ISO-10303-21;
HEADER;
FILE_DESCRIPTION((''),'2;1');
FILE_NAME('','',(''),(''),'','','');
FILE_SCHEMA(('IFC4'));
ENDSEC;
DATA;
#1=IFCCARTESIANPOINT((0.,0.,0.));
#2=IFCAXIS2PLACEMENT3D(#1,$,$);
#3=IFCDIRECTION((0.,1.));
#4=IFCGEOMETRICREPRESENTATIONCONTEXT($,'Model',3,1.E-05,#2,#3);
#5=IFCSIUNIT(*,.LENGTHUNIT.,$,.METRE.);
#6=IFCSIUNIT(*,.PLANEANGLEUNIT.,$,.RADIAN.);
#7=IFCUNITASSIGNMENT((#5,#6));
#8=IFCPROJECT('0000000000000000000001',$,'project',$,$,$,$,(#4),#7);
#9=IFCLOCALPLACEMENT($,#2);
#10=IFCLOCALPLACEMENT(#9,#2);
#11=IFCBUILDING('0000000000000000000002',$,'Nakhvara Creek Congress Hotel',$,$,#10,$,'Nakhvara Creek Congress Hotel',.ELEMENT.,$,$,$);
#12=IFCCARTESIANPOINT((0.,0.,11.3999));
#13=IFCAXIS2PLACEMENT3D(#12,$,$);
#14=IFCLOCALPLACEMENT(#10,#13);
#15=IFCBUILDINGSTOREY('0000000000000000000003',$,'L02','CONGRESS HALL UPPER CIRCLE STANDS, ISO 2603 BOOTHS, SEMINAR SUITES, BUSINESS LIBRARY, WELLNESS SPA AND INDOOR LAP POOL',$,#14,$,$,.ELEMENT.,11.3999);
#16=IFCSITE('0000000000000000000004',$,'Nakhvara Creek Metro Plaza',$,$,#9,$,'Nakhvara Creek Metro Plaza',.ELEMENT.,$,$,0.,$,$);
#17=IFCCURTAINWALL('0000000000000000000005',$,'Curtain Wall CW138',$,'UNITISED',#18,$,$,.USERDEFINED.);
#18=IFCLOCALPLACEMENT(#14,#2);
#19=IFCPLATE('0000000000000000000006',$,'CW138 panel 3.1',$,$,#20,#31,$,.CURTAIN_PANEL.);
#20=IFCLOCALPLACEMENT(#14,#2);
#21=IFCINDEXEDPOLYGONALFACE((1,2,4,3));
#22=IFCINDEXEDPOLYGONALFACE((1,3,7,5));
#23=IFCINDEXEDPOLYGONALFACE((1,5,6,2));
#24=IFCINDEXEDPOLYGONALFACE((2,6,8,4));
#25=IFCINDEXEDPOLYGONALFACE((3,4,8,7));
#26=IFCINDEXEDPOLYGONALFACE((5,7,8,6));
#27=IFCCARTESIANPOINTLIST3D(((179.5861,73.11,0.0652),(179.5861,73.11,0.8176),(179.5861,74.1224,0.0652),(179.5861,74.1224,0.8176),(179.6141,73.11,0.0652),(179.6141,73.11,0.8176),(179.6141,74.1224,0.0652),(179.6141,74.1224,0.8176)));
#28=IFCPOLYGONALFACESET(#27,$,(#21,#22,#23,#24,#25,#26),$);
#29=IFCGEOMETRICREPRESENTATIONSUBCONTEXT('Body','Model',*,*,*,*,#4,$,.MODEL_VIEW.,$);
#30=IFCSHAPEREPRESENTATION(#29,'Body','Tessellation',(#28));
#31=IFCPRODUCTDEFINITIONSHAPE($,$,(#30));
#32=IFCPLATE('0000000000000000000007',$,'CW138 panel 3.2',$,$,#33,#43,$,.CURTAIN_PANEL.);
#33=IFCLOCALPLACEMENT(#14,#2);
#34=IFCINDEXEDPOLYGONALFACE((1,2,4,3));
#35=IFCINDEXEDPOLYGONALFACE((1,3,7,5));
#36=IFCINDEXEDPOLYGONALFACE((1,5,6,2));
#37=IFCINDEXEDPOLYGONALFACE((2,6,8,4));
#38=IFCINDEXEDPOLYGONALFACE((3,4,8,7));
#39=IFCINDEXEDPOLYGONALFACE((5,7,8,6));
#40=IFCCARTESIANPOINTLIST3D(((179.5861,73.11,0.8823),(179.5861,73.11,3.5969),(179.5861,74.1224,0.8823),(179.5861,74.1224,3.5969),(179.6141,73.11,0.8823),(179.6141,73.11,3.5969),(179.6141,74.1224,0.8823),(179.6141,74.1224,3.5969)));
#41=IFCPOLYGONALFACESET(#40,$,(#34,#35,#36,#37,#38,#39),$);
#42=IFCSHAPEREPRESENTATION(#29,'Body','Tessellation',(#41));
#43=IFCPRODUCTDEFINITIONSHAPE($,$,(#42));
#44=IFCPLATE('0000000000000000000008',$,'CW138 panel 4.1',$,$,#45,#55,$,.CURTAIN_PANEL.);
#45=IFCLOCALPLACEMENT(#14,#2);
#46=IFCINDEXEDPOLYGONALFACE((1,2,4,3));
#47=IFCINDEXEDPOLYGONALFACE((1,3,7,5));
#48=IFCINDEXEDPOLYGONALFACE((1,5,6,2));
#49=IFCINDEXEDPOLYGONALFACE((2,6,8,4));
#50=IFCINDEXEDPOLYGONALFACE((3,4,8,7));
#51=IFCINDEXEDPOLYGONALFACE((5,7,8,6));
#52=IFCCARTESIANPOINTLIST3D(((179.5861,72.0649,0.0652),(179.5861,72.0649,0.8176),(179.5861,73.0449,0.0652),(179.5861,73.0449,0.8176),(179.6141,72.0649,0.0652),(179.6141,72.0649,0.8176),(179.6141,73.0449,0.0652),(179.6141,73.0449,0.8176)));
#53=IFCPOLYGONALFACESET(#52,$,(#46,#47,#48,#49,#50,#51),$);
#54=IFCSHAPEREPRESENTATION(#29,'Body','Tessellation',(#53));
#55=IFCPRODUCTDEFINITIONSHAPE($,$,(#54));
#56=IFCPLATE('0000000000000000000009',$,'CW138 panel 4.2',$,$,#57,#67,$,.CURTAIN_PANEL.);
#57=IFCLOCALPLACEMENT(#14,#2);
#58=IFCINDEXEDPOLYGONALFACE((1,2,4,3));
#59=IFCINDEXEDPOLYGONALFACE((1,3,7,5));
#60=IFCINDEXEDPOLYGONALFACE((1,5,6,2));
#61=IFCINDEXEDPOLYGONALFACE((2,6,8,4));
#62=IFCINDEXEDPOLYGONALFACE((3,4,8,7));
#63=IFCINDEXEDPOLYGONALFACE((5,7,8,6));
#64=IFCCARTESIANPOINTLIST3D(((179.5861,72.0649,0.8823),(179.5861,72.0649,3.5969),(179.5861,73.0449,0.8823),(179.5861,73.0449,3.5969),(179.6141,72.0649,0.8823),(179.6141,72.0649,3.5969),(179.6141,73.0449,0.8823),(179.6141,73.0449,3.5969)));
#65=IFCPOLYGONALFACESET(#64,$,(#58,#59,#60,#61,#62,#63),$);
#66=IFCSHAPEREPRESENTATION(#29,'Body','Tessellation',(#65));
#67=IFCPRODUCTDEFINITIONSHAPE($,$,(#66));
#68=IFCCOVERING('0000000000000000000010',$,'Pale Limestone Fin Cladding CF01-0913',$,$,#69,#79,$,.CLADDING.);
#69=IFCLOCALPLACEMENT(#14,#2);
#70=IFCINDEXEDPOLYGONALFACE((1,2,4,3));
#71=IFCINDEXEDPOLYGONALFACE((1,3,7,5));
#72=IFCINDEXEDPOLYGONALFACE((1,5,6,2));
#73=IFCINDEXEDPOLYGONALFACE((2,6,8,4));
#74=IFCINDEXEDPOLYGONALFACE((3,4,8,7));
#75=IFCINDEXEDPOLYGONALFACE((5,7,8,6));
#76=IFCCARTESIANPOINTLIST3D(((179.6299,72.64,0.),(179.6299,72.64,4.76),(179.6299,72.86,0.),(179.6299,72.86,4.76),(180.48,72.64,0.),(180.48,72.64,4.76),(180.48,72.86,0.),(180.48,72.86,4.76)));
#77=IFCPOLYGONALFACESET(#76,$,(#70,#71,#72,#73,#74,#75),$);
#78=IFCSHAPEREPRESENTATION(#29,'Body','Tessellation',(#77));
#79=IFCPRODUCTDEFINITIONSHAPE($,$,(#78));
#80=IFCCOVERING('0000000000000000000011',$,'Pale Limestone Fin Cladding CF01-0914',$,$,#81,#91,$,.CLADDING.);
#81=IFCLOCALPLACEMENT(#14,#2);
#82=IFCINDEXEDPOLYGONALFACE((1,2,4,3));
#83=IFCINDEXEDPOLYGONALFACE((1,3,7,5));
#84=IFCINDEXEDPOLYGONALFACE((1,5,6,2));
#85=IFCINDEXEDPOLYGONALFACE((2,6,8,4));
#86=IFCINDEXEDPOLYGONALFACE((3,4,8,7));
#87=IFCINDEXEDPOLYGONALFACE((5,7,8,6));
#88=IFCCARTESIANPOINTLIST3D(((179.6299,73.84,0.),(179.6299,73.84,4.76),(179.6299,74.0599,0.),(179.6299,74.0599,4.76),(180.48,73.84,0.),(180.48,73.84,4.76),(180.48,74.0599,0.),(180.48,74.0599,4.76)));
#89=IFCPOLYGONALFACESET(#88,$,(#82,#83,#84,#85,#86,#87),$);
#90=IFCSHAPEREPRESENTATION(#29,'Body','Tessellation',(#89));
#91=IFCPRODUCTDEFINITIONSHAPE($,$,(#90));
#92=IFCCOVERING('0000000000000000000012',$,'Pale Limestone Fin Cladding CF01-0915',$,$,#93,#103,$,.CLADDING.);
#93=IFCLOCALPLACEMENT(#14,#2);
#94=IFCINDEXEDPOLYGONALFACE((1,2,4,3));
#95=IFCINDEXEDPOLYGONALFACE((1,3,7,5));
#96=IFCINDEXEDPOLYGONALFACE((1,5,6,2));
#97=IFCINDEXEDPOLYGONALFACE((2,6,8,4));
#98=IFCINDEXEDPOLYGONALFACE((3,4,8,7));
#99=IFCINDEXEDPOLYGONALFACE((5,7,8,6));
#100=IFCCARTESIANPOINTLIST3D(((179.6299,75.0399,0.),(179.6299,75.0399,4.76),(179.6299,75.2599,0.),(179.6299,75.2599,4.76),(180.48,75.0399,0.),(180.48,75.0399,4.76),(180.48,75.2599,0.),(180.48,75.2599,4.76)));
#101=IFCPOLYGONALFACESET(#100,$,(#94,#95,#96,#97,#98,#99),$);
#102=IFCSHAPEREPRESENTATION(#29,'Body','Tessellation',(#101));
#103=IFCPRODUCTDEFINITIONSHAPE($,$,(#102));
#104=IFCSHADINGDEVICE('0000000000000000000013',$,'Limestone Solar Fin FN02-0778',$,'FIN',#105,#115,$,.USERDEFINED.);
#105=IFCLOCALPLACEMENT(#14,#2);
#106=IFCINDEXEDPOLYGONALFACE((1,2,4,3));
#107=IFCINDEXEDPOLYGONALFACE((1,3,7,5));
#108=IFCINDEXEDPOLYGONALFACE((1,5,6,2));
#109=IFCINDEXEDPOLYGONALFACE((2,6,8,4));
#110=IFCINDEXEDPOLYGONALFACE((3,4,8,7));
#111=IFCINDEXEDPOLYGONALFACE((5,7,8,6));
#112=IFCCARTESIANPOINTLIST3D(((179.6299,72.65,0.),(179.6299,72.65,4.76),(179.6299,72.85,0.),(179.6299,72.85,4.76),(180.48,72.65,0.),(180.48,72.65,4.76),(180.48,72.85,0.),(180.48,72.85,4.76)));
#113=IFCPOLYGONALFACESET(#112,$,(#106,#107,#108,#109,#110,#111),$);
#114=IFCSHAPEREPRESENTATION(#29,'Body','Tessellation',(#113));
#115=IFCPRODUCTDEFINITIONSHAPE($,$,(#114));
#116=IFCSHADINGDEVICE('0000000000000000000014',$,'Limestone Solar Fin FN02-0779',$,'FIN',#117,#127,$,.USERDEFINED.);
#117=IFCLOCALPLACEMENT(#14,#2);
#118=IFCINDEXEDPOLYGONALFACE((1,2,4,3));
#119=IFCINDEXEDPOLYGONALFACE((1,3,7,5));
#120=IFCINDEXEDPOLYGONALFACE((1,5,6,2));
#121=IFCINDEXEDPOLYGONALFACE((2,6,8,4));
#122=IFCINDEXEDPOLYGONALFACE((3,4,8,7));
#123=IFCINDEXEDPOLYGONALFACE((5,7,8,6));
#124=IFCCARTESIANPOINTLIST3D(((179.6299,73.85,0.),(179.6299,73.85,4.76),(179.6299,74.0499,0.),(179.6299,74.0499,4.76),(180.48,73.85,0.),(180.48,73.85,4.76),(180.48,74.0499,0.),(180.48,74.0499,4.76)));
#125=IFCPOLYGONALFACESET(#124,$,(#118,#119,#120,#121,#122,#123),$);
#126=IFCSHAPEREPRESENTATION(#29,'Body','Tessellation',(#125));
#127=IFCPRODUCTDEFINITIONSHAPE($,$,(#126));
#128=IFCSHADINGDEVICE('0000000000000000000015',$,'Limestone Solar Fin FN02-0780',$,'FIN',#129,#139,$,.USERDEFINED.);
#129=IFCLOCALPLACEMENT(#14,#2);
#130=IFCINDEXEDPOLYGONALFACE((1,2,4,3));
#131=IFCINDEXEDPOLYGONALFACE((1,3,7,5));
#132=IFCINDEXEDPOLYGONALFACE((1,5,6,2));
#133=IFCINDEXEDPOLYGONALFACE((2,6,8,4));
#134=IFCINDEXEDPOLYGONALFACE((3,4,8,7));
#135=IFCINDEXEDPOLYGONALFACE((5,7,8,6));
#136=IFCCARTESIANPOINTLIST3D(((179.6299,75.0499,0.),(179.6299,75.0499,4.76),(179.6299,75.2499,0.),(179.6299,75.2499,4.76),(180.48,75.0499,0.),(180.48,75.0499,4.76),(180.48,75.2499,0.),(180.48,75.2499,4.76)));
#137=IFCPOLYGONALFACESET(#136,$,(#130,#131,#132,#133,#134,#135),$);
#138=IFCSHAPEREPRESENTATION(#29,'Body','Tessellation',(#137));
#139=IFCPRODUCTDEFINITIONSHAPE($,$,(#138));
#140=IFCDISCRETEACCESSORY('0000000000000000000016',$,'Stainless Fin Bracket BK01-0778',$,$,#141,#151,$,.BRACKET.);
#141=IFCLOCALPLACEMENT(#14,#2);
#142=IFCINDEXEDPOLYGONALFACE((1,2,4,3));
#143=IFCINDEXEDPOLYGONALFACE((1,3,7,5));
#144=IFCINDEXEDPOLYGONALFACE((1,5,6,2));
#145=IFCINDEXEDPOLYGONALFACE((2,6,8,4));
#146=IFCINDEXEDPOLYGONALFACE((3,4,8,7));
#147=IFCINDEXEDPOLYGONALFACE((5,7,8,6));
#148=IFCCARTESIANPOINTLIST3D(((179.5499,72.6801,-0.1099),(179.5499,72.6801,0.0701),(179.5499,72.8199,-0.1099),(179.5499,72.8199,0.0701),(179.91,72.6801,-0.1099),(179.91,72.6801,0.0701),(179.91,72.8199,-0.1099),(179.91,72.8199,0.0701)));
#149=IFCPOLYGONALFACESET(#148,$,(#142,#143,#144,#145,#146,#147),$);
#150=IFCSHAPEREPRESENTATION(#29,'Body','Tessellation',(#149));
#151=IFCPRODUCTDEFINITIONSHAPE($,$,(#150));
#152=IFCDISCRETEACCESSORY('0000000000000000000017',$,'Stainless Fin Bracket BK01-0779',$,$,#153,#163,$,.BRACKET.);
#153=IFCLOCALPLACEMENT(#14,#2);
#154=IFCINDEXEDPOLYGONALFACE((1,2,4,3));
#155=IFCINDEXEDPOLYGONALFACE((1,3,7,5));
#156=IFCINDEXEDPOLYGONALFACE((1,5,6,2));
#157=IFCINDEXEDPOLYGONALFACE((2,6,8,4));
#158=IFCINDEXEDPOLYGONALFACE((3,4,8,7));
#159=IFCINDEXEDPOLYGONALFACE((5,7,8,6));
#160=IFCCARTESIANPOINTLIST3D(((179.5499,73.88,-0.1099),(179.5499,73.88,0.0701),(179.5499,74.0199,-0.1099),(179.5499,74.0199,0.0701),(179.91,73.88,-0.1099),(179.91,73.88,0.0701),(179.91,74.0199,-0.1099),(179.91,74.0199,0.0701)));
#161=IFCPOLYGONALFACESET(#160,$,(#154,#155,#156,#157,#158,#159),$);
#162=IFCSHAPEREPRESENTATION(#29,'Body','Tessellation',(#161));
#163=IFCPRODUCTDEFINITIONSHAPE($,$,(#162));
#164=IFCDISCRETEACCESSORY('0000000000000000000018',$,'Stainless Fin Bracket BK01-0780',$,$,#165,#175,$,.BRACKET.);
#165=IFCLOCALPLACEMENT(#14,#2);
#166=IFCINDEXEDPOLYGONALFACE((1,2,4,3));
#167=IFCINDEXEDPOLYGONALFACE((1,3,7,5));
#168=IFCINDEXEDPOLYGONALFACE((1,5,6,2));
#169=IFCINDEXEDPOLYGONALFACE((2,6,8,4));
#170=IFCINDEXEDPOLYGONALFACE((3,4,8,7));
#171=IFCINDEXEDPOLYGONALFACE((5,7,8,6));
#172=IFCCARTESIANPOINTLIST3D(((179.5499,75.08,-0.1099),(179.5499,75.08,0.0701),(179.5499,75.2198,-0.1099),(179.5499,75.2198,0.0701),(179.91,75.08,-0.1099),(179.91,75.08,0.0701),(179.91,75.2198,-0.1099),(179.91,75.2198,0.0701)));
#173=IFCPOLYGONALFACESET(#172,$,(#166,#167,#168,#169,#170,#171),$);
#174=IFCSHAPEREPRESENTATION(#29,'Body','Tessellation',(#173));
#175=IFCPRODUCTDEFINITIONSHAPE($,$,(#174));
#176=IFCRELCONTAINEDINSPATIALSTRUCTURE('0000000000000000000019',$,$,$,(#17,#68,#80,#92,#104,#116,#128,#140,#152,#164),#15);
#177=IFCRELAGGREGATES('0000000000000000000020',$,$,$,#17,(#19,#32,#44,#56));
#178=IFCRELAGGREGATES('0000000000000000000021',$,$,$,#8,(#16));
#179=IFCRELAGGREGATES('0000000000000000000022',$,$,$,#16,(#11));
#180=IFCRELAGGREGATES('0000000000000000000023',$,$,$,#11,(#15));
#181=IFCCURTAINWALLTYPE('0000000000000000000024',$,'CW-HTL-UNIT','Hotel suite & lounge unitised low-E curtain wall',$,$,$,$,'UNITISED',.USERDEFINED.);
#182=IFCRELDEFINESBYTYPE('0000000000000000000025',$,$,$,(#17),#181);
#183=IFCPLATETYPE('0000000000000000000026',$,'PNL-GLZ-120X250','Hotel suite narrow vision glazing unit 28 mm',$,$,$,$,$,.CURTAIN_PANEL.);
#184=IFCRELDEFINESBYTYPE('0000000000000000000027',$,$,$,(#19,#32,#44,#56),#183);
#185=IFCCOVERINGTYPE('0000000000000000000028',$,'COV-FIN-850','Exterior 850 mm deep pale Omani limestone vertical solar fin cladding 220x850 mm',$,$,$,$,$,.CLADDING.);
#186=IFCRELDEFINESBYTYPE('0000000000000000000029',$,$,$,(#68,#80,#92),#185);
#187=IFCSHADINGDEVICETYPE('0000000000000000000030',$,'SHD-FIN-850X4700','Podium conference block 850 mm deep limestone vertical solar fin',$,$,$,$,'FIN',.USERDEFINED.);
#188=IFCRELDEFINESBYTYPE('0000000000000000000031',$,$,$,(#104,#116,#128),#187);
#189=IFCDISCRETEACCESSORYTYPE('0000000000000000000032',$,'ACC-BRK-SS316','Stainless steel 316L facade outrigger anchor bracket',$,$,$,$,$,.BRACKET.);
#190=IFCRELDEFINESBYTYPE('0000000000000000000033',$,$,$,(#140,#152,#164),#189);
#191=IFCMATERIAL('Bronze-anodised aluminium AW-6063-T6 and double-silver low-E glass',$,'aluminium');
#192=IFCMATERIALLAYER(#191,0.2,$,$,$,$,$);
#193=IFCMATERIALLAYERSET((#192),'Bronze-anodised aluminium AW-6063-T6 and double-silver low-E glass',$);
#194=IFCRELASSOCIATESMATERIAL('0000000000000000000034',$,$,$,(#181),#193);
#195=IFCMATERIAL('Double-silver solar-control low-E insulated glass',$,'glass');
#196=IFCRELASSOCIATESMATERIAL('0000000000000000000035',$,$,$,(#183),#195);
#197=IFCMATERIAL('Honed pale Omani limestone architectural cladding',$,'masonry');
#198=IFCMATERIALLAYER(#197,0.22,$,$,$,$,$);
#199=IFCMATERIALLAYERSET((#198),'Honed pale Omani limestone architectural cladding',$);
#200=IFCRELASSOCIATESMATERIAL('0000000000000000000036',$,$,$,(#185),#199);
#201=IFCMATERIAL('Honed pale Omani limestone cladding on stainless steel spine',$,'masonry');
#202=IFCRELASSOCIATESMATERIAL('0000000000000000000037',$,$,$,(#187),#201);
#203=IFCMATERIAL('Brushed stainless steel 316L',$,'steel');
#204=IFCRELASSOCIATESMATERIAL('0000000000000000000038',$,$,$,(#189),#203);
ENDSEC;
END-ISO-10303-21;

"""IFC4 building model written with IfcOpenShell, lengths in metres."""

from ifc_helpers import new_model, si_unit, direction, frame, origin, origin_2d, place, context, subcontext, project, spatial, rectangle, extrude, material, layer, layer_set, type_object, element, aggregate, save


model = new_model("IFC4")

# Units and contexts
model_context = context("Model", 3, precision=1e-05, world=origin(), true_north=direction((0.0, 1.0)))
body_context = subcontext(model_context, "Body", "Model", "MODEL_VIEW")
ifc_project = project(units=[si_unit("LENGTHUNIT", "METRE"), si_unit("PLANEANGLEUNIT", "RADIAN")], contexts=[model_context])

# Site, building, storey
site_placement = place(None, origin())
site = spatial("IfcSite", under=ifc_project, at=site_placement, Name="Nakhvara Creek Metro Plaza", LongName="Nakhvara Creek Metro Plaza", CompositionType="ELEMENT", RefElevation=0.0)
building_placement = place(site_placement, origin())
building = spatial("IfcBuilding", under=site, at=building_placement, Name="Nakhvara Creek Congress Hotel", LongName="Nakhvara Creek Congress Hotel", CompositionType="ELEMENT")
storey_placement = place(building_placement, frame((0.0, 0.0, 11.3999)))
storey = spatial("IfcBuildingStorey", under=building, at=storey_placement, Name="L02", Description="CONGRESS HALL UPPER CIRCLE STANDS, ISO 2603 BOOTHS, SEMINAR SUITES, BUSINESS LIBRARY, WELLNESS SPA AND INDOOR LAP POOL", CompositionType="ELEMENT", Elevation=11.3999)

# Curtain wall, plates
ifc_material_1 = material(Name="Bronze-anodised aluminium AW-6063-T6 and double-silver low-E glass", Category="aluminium")
ifc_layer_1 = layer(ifc_material_1, 0.2)
ifc_layer_set_1 = layer_set([ifc_layer_1], Name="Bronze-anodised aluminium AW-6063-T6 and double-silver low-E glass")
curtain_wall_type = type_object("IfcCurtainWallType", Name="CW-HTL-UNIT", Description="Hotel suite & lounge unitised low-E curtain wall", ElementType="UNITISED", PredefinedType="USERDEFINED", material=ifc_layer_set_1)
curtain_wall_placement = place(storey_placement, origin())
curtain_wall = element("IfcCurtainWall", 1, at=curtain_wall_placement, inside=storey, type_object=curtain_wall_type, Name="Curtain Wall CW138", ObjectType="UNITISED", PredefinedType="USERDEFINED")
ifc_material_2 = material(Name="Double-silver solar-control low-E insulated glass", Category="glass")
plate_type = type_object("IfcPlateType", Name="PNL-GLZ-120X250", Description="Hotel suite narrow vision glazing unit 28 mm", PredefinedType="CURTAIN_PANEL", material=ifc_material_2)
plate_1_placement = place(storey_placement, frame((179.6001, 73.6162, 0.0652), z_axis=(0.0, 0.0, 1.0), x_axis=(0.0, -1.0, 0.0)))
plate_1 = element("IfcPlate", 2, at=plate_1_placement, type_object=plate_type, Name="CW138 panel 3.1", PredefinedType="CURTAIN_PANEL", context=body_context, shape_type="SweptSolid", body=[
    extrude(rectangle(XDim=1.0125, YDim=0.0281, at=origin_2d()), origin(), (0.0, 0.0, 1.0), 0.7524),
])
plate_2_placement = place(storey_placement, frame((179.6001, 73.6162, 0.8823), z_axis=(0.0, 0.0, 1.0), x_axis=(0.0, -1.0, 0.0)))
plate_2 = element("IfcPlate", 3, at=plate_2_placement, type_object=plate_type, Name="CW138 panel 3.2", PredefinedType="CURTAIN_PANEL", context=body_context, shape_type="SweptSolid", body=[
    extrude(rectangle(XDim=1.0125, YDim=0.0281, at=origin_2d()), origin(), (0.0, 0.0, 1.0), 2.7146),
])
plate_3_placement = place(storey_placement, frame((179.6001, 72.5549, 0.0652), z_axis=(0.0, 0.0, 1.0), x_axis=(0.0, -1.0, 0.0)))
plate_3 = element("IfcPlate", 4, at=plate_3_placement, type_object=plate_type, Name="CW138 panel 4.1", PredefinedType="CURTAIN_PANEL", context=body_context, shape_type="SweptSolid", body=[
    extrude(rectangle(XDim=0.98, YDim=0.0281, at=origin_2d()), origin(), (0.0, 0.0, 1.0), 0.7524),
])
plate_4_placement = place(storey_placement, frame((179.6001, 72.5549, 0.8823), z_axis=(0.0, 0.0, 1.0), x_axis=(0.0, -1.0, 0.0)))
plate_4 = element("IfcPlate", 5, at=plate_4_placement, type_object=plate_type, Name="CW138 panel 4.2", PredefinedType="CURTAIN_PANEL", context=body_context, shape_type="SweptSolid", body=[
    extrude(rectangle(XDim=0.98, YDim=0.0281, at=origin_2d()), origin(), (0.0, 0.0, 1.0), 2.7146),
])
aggregate(curtain_wall, [plate_1, plate_2, plate_3, plate_4])

# Coverings
ifc_material_3 = material(Name="Honed pale Omani limestone architectural cladding", Category="masonry")
ifc_layer_2 = layer(ifc_material_3, 0.22)
ifc_layer_set_2 = layer_set([ifc_layer_2], Name="Honed pale Omani limestone architectural cladding")
covering_type = type_object("IfcCoveringType", Name="COV-FIN-850", Description="Exterior 850 mm deep pale Omani limestone vertical solar fin cladding 220x850 mm", PredefinedType="CLADDING", material=ifc_layer_set_2)
for number, where, z_axis, x_axis, name in (
    (6, (180.0549, 72.75, 0.0), (0.0, 0.0, 1.0), (0.0, 1.0, 0.0), "Pale Limestone Fin Cladding CF01-0913"),
    (7, (180.0549, 73.95, 0.0), (0.0, 0.0, 1.0), (0.0, 1.0, 0.0), "Pale Limestone Fin Cladding CF01-0914"),
    (8, (180.0549, 75.1499, 0.0), (0.0, 0.0, 1.0), (0.0, 1.0, 0.0), "Pale Limestone Fin Cladding CF01-0915"),
):
    element("IfcCovering", number, at=place(storey_placement, frame(where, z_axis=z_axis, x_axis=x_axis)), inside=storey, type_object=covering_type, Name=name, PredefinedType="CLADDING", context=body_context, shape_type="SweptSolid", body=[
        extrude(rectangle(XDim=0.22, YDim=0.8501, at=origin_2d()), origin(), (0.0, 0.0, 1.0), 4.76),
    ])

# Shading devices
ifc_material_4 = material(Name="Honed pale Omani limestone cladding on stainless steel spine", Category="masonry")
shading_device_type = type_object("IfcShadingDeviceType", Name="SHD-FIN-850X4700", Description="Podium conference block 850 mm deep limestone vertical solar fin", ElementType="FIN", PredefinedType="USERDEFINED", material=ifc_material_4)
for number, where, z_axis, x_axis, name in (
    (9, (180.0549, 72.75, 0.0), (0.0, 0.0, 1.0), (0.0, 1.0, 0.0), "Limestone Solar Fin FN02-0778"),
    (10, (180.0549, 73.95, 0.0), (0.0, 0.0, 1.0), (0.0, 1.0, 0.0), "Limestone Solar Fin FN02-0779"),
    (11, (180.0549, 75.1499, 0.0), (0.0, 0.0, 1.0), (0.0, 1.0, 0.0), "Limestone Solar Fin FN02-0780"),
):
    element("IfcShadingDevice", number, at=place(storey_placement, frame(where, z_axis=z_axis, x_axis=x_axis)), inside=storey, type_object=shading_device_type, Name=name, ObjectType="FIN", PredefinedType="USERDEFINED", context=body_context, shape_type="SweptSolid", body=[
        extrude(rectangle(XDim=0.2, YDim=0.8501, at=origin_2d()), origin(), (0.0, 0.0, 1.0), 4.76),
    ])

# Discrete accessories
ifc_material_5 = material(Name="Brushed stainless steel 316L", Category="steel")
discrete_accessory_type = type_object("IfcDiscreteAccessoryType", Name="ACC-BRK-SS316", Description="Stainless steel 316L facade outrigger anchor bracket", PredefinedType="BRACKET", material=ifc_material_5)
for number, where, z_axis, x_axis, name in (
    (12, (179.73, 72.75, -0.1099), (0.0, 0.0, 1.0), (0.0, 1.0, 0.0), "Stainless Fin Bracket BK01-0778"),
    (13, (179.73, 73.95, -0.1099), (0.0, 0.0, 1.0), (0.0, 1.0, 0.0), "Stainless Fin Bracket BK01-0779"),
    (14, (179.73, 75.1499, -0.1099), (0.0, 0.0, 1.0), (0.0, 1.0, 0.0), "Stainless Fin Bracket BK01-0780"),
):
    element("IfcDiscreteAccessory", number, at=place(storey_placement, frame(where, z_axis=z_axis, x_axis=x_axis)), inside=storey, type_object=discrete_accessory_type, Name=name, PredefinedType="BRACKET", context=body_context, shape_type="SweptSolid", body=[
        extrude(rectangle(XDim=0.1399, YDim=0.3601, at=origin_2d()), origin(), (0.0, 0.0, 1.0), 0.1799),
    ])

save(model, "model.ifc")
